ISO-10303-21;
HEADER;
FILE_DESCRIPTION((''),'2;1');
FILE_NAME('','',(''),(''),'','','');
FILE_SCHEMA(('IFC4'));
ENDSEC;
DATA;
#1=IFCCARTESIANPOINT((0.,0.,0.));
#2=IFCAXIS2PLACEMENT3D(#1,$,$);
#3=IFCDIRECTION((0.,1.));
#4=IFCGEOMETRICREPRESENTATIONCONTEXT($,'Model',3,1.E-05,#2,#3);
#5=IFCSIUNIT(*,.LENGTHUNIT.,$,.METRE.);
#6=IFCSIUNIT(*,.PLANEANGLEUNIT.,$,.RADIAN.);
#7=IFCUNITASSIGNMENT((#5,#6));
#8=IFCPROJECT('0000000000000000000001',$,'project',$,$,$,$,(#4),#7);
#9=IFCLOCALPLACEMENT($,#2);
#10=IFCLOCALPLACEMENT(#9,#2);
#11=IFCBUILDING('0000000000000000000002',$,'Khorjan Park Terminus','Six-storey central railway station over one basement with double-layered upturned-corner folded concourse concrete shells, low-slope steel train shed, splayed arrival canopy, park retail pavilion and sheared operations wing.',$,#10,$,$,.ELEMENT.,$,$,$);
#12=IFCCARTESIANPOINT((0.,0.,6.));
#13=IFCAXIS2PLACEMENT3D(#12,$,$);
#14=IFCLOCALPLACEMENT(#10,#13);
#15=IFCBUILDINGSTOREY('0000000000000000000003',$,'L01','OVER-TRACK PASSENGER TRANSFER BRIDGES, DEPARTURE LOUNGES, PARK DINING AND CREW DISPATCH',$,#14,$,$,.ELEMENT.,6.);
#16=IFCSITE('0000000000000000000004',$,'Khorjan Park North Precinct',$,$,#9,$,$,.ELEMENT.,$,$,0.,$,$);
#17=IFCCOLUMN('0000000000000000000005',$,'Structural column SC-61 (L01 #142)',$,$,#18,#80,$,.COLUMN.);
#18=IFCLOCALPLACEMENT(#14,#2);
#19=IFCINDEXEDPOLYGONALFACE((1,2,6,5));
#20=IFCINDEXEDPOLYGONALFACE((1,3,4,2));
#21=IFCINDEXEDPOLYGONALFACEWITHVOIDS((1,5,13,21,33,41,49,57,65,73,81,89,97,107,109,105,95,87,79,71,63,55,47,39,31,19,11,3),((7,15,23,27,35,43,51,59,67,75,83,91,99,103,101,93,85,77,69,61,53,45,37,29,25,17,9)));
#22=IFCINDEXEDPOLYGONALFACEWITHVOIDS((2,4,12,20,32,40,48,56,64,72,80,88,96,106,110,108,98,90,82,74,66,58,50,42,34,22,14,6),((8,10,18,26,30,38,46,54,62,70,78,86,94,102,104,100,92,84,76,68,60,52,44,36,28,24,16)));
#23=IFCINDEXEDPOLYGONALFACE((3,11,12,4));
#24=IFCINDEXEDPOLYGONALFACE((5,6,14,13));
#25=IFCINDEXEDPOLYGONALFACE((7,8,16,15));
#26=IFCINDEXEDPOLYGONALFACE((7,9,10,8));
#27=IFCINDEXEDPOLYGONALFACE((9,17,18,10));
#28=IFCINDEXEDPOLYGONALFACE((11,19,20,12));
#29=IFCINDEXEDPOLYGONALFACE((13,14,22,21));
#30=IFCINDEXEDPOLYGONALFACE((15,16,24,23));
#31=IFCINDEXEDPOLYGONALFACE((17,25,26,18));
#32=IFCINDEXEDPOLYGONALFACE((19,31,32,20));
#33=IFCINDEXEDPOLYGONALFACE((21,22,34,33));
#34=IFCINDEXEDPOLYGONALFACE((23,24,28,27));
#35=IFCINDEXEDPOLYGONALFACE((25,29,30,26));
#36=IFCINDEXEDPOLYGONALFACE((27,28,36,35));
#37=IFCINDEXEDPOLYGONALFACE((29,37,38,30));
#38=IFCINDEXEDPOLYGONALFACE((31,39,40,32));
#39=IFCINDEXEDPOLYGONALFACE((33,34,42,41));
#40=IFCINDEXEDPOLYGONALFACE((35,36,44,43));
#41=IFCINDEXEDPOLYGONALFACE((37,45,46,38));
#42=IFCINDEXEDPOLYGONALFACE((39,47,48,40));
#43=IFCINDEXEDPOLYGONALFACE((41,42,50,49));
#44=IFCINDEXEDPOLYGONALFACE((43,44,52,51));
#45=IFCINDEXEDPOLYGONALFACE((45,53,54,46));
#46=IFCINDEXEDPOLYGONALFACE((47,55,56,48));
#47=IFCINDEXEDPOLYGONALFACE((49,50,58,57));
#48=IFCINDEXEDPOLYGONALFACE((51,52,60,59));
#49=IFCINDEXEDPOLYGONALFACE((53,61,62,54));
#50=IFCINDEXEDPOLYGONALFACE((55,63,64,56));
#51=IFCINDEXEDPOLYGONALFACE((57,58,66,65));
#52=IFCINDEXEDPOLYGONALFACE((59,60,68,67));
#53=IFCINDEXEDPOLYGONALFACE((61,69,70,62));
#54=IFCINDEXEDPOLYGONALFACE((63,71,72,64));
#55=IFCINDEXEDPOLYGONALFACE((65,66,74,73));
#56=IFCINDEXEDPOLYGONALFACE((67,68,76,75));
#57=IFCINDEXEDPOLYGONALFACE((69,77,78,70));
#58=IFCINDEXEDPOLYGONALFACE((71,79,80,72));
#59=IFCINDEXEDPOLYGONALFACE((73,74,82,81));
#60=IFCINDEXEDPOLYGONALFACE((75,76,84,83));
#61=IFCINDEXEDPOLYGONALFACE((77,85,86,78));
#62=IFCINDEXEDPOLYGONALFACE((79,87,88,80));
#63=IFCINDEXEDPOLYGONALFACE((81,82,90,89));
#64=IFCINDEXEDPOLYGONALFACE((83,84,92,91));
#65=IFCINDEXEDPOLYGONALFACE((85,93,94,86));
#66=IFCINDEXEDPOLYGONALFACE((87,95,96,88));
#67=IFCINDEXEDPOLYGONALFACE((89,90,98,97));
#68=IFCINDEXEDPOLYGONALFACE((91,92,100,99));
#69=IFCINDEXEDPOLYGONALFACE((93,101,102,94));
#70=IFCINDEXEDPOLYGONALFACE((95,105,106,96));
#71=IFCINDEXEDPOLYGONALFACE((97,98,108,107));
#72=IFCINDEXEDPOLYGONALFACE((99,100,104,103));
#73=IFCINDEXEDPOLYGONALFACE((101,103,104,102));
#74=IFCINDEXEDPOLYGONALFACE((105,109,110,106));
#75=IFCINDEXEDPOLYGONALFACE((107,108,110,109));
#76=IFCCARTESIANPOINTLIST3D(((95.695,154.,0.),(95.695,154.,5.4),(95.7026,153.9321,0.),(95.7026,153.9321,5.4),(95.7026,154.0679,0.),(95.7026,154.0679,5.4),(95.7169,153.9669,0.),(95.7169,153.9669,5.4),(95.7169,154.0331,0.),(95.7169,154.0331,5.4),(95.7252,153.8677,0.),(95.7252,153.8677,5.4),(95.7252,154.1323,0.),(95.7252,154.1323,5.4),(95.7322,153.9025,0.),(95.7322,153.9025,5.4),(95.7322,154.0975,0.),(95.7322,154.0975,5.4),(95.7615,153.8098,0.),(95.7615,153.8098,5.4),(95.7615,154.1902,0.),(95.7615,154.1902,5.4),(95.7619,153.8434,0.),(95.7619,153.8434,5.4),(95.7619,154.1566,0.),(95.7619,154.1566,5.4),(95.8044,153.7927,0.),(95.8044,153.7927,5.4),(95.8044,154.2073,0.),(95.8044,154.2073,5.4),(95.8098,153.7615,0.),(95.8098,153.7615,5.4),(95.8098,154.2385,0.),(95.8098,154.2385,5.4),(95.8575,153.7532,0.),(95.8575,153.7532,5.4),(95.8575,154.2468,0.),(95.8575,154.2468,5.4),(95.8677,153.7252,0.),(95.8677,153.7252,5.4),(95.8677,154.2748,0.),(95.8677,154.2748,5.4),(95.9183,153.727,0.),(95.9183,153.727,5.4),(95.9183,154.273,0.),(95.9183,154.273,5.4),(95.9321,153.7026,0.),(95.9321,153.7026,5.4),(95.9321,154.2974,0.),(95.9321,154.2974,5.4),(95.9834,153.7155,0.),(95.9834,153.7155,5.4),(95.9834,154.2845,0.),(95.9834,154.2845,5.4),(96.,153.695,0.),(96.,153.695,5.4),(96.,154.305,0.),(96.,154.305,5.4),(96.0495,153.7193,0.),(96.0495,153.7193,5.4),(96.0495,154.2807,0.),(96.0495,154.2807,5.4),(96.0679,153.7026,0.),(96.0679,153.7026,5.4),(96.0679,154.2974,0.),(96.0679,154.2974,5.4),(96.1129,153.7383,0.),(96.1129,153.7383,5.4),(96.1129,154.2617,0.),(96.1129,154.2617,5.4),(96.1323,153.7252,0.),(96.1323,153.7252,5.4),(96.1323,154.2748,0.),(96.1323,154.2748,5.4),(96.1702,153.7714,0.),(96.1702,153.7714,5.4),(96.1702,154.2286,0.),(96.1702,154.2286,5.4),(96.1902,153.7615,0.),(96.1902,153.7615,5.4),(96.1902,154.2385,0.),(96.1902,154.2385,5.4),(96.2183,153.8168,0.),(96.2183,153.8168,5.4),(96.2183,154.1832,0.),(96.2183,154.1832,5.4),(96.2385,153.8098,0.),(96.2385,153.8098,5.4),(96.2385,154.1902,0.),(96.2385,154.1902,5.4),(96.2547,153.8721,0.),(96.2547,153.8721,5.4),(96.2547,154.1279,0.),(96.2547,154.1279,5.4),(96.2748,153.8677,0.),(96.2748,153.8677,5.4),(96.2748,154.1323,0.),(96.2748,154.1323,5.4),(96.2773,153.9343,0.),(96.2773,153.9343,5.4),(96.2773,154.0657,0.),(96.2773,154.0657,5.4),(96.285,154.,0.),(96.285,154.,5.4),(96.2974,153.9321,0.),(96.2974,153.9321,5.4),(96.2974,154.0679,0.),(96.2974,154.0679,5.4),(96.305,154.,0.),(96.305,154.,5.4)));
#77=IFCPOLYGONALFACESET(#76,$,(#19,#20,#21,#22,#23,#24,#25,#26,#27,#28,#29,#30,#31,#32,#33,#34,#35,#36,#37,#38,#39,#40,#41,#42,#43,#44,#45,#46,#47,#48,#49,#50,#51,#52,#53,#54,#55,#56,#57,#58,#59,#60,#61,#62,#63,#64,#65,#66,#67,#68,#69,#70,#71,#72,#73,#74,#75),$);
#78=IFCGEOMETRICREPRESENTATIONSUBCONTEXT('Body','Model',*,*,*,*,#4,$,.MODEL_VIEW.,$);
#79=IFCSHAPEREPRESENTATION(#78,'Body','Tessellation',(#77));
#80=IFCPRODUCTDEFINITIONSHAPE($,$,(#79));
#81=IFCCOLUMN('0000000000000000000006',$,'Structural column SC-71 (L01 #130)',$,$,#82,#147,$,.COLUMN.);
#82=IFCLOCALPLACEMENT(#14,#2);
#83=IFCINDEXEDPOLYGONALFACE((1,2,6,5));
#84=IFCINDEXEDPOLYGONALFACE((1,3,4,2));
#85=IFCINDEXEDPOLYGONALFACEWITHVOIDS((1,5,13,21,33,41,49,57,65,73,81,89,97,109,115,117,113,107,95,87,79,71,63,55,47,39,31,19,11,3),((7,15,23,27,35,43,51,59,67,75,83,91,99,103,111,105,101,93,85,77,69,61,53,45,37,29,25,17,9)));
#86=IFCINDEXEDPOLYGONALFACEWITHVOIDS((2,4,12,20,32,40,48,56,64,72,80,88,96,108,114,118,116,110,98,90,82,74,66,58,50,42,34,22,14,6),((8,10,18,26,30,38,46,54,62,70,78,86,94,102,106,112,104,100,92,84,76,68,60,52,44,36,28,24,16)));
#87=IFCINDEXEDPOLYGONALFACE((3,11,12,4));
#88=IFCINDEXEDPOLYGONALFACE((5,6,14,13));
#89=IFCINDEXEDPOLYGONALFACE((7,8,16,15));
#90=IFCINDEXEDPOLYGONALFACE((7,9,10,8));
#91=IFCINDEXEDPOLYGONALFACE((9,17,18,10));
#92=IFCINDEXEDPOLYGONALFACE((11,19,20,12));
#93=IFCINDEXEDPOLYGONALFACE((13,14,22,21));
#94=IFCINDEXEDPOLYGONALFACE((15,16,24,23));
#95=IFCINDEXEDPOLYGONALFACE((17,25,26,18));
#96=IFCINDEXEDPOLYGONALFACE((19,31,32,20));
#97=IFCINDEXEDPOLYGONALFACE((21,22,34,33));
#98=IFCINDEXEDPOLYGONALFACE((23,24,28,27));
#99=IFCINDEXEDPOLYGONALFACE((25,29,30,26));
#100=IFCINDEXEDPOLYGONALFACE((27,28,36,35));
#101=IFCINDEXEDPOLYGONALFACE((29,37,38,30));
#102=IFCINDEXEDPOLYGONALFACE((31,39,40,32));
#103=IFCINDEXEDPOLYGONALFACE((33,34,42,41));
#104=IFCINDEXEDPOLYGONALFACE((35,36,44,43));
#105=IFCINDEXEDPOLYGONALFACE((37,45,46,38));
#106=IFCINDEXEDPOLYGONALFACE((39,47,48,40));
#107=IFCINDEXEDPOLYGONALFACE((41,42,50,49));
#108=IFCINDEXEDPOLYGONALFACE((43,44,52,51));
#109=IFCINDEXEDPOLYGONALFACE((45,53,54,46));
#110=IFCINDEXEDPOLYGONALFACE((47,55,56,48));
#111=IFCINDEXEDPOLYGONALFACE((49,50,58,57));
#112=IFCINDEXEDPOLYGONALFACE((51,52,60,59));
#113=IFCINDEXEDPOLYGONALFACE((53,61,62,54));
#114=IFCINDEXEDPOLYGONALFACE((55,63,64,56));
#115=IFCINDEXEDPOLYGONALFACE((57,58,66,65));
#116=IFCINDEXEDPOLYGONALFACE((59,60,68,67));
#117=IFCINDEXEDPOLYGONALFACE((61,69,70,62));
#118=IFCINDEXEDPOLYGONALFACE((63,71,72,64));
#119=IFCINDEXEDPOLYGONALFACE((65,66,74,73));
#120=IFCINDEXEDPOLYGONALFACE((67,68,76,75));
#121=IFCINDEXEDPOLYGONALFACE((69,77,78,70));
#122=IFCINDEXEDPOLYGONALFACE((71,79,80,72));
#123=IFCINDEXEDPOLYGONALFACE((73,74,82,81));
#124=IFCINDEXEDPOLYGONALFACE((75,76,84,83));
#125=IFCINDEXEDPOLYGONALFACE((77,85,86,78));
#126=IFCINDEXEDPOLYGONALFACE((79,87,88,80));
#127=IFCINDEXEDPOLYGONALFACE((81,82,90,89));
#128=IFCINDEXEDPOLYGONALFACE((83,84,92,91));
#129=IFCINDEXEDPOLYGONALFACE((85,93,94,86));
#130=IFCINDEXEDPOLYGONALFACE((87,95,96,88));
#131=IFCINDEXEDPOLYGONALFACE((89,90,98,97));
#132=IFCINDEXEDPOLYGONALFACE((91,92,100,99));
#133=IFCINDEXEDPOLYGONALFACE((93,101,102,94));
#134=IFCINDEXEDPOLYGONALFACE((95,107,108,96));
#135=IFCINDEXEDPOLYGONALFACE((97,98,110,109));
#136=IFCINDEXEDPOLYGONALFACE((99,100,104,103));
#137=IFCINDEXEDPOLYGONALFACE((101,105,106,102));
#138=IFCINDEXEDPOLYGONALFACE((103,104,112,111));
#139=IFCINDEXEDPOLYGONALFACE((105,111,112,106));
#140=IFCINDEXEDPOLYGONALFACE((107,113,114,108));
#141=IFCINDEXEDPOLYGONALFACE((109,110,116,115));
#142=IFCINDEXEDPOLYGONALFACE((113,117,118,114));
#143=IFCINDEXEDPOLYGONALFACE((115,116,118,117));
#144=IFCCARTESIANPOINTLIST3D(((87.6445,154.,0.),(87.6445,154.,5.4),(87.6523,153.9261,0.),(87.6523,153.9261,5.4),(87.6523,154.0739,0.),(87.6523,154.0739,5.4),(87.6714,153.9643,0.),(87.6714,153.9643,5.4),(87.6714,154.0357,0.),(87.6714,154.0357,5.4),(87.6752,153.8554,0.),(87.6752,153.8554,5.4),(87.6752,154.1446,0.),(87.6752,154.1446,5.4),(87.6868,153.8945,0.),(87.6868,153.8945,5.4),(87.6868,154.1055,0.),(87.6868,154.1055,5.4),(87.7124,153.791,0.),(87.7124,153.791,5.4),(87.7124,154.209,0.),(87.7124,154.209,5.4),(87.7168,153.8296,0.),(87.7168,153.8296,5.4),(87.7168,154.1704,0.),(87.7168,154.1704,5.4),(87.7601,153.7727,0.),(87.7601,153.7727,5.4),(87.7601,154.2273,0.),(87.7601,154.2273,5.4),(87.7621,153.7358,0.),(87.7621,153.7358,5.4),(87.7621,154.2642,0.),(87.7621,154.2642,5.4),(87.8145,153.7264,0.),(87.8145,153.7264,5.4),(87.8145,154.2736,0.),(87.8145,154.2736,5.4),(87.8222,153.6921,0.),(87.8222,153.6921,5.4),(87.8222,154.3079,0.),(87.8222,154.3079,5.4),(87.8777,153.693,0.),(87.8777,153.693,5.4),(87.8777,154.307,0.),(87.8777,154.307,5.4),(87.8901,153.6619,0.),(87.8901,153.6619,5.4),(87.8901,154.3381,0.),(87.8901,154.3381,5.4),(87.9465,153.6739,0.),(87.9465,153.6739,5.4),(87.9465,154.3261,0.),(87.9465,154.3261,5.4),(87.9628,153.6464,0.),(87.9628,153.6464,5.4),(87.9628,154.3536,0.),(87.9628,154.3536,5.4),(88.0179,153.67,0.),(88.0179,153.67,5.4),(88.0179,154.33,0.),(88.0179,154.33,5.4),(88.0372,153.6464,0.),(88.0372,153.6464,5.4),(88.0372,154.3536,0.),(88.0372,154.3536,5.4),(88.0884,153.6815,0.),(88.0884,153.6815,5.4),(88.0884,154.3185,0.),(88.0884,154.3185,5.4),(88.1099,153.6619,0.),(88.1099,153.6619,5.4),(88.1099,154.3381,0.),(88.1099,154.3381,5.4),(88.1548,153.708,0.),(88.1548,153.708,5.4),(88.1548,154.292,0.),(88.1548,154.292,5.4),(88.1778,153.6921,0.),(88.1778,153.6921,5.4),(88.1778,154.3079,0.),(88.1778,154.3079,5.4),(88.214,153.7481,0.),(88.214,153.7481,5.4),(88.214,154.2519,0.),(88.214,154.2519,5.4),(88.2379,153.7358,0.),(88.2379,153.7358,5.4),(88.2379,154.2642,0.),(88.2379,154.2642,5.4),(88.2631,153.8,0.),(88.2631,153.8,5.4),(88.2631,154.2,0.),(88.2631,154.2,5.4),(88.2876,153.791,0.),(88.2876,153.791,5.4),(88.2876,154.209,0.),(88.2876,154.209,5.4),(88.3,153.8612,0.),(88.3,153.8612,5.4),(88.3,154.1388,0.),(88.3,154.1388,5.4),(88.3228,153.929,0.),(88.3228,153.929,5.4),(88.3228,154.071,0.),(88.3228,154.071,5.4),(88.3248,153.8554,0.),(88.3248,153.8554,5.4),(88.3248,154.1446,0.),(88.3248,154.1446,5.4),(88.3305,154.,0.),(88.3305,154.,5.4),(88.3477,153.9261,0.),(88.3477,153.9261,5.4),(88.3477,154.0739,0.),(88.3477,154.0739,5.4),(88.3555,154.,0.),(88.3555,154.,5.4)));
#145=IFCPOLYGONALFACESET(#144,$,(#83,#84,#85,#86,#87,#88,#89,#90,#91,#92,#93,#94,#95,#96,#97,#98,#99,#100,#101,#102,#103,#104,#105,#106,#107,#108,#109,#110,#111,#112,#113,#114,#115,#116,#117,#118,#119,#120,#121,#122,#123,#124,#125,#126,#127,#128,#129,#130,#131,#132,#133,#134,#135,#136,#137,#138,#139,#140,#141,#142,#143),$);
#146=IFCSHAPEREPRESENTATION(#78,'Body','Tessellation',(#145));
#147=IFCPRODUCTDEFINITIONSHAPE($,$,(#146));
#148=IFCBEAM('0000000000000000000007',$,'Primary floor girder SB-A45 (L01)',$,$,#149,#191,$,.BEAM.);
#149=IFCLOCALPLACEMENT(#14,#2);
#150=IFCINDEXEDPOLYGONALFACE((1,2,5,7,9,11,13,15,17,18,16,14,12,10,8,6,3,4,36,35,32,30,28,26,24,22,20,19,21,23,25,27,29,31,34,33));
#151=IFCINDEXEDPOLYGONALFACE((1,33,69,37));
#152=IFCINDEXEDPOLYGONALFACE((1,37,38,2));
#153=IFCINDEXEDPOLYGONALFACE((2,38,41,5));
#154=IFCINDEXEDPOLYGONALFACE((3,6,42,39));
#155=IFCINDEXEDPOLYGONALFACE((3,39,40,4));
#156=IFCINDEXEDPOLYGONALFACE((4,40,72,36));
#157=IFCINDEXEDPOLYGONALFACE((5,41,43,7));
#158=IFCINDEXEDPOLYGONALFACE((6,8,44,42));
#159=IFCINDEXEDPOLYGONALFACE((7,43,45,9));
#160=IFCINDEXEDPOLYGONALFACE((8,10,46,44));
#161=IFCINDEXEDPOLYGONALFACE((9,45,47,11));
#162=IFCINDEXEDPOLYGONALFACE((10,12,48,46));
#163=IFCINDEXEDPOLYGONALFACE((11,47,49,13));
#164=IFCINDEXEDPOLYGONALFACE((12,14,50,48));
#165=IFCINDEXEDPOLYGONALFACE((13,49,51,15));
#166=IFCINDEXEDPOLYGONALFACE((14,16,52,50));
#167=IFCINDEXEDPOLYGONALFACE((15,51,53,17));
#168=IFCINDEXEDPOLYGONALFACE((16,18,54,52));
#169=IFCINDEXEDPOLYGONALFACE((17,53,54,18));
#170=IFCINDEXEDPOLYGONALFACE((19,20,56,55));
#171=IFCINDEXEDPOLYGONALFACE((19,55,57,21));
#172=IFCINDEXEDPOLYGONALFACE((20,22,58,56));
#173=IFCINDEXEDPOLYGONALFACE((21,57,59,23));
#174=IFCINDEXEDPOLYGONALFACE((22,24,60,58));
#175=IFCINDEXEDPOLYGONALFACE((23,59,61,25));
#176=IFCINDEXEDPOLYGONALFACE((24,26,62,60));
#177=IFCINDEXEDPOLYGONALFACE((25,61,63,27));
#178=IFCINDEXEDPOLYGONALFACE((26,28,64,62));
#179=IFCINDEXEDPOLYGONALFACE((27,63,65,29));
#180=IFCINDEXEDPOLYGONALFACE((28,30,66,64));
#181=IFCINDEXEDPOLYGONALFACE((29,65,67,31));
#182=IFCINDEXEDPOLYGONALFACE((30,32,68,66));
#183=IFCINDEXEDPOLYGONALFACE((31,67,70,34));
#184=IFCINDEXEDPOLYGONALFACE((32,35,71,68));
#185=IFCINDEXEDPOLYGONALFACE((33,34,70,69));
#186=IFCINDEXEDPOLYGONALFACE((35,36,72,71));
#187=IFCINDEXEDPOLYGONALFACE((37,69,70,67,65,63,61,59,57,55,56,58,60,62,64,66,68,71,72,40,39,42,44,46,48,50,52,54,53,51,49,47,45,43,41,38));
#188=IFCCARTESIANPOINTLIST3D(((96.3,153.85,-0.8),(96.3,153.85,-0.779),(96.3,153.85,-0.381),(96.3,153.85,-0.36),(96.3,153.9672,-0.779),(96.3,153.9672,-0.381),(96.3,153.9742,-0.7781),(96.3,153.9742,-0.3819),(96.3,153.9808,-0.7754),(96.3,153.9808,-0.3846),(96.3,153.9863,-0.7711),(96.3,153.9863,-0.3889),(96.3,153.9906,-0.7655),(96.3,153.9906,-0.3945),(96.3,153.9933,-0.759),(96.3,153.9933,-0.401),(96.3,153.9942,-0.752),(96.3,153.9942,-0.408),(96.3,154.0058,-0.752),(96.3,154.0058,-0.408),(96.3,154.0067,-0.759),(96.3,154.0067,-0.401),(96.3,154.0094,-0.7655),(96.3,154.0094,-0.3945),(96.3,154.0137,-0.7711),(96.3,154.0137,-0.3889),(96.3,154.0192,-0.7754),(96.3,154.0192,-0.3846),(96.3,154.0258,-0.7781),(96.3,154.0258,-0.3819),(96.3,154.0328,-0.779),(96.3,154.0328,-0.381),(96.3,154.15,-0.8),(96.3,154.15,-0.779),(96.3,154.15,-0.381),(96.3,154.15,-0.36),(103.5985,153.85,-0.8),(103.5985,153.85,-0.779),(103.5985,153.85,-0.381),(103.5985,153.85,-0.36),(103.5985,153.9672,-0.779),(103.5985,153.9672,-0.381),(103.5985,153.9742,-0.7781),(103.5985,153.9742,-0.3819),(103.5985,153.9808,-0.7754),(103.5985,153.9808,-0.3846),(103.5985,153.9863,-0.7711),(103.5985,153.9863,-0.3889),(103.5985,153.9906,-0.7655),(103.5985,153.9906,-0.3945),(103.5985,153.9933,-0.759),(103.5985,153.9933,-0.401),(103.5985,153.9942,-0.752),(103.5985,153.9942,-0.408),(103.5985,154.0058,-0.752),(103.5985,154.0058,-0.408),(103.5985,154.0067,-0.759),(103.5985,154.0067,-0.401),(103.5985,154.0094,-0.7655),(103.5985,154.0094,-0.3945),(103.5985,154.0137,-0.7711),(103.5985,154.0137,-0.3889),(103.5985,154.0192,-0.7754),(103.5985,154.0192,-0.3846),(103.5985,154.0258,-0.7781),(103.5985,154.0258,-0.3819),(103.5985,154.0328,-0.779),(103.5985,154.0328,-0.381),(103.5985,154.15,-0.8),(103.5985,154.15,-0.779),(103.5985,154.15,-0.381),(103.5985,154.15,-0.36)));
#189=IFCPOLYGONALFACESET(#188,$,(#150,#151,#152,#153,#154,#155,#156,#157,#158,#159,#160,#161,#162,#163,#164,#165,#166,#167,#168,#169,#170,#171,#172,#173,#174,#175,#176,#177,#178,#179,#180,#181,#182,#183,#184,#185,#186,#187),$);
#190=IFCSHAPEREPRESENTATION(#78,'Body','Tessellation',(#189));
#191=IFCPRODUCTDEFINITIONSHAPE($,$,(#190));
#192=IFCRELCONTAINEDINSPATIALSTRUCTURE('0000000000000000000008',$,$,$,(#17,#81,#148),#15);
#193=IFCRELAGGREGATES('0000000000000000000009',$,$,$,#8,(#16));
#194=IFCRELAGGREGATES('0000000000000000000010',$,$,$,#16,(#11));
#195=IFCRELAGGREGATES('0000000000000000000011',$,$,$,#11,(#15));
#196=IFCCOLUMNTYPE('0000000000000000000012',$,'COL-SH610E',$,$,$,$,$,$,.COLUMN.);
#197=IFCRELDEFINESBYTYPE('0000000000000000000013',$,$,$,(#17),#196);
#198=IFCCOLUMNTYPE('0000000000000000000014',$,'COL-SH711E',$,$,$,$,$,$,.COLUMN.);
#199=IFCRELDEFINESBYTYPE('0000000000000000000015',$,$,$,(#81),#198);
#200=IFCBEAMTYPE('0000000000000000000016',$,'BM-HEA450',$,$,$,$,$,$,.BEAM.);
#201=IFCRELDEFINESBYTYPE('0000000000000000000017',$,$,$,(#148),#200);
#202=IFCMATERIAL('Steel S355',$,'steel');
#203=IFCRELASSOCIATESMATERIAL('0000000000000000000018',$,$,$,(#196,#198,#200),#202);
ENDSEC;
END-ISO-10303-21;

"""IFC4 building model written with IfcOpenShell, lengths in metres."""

from ifc_helpers import new_model, si_unit, direction, frame, origin, origin_2d, place, context, subcontext, project, spatial, hollow_circle, i_section, extrude, material, material_profile, profile_set, type_object, element, save


model = new_model("IFC4")

# Units and contexts
model_context = context("Model", 3, precision=1e-05, world=origin(), true_north=direction((0.0, 1.0)))
body_context = subcontext(model_context, "Body", "Model", "MODEL_VIEW")
ifc_project = project(units=[si_unit("LENGTHUNIT", "METRE"), si_unit("PLANEANGLEUNIT", "RADIAN")], contexts=[model_context])

# Site, building, storey
site_placement = place(None, origin())
site = spatial("IfcSite", under=ifc_project, at=site_placement, Name="Khorjan Park North Precinct", CompositionType="ELEMENT", RefElevation=0.0)
building_placement = place(site_placement, origin())
building = spatial("IfcBuilding", under=site, at=building_placement, Name="Khorjan Park Terminus", Description="Six-storey central railway station over one basement with double-layered upturned-corner folded concourse concrete shells, low-slope steel train shed, splayed arrival canopy, park retail pavilion and sheared operations wing.", CompositionType="ELEMENT")
storey_placement = place(building_placement, frame((0.0, 0.0, 6.0)))
storey = spatial("IfcBuildingStorey", under=building, at=storey_placement, Name="L01", Description="OVER-TRACK PASSENGER TRANSFER BRIDGES, DEPARTURE LOUNGES, PARK DINING AND CREW DISPATCH", CompositionType="ELEMENT", Elevation=6.0)

# Columns
ifc_material_1 = material(Name="Steel S355", Category="steel")
ifc_material_profile_1 = material_profile(ifc_material_1, hollow_circle(Radius=0.305, WallThickness=0.02, at=origin_2d()), Name="CHS 610x20")
ifc_profile_set_1 = profile_set([ifc_material_profile_1], Name="Steel S355")
column_type_1 = type_object("IfcColumnType", Name="COL-SH610E", PredefinedType="COLUMN", material=ifc_profile_set_1)
column_1_placement = place(storey_placement, frame((96.0, 154.0, 0.0), z_axis=(0.0, 0.0, 1.0), x_axis=(1.0, 0.0, 0.0)))
element("IfcColumn", 1, at=column_1_placement, inside=storey, type_object=column_type_1, Name="Structural column SC-61 (L01 #142)", PredefinedType="COLUMN", context=body_context, shape_type="SweptSolid", body=[
    extrude(hollow_circle(Radius=0.305, WallThickness=0.02, at=origin_2d()), origin(), (0.0, 0.0, 1.0), 5.4),
])
ifc_material_profile_2 = material_profile(ifc_material_1, hollow_circle(Radius=0.3555, WallThickness=0.025, at=origin_2d()), Name="CHS 711x25")
ifc_profile_set_2 = profile_set([ifc_material_profile_2], Name="Steel S355")
column_type_2 = type_object("IfcColumnType", Name="COL-SH711E", PredefinedType="COLUMN", material=ifc_profile_set_2)
column_2_placement = place(storey_placement, frame((88.0, 154.0, 0.0), z_axis=(0.0, 0.0, 1.0), x_axis=(1.0, 0.0, 0.0)))
element("IfcColumn", 2, at=column_2_placement, inside=storey, type_object=column_type_2, Name="Structural column SC-71 (L01 #130)", PredefinedType="COLUMN", context=body_context, shape_type="SweptSolid", body=[
    extrude(hollow_circle(Radius=0.3555, WallThickness=0.025, at=origin_2d()), origin(), (0.0, 0.0, 1.0), 5.4),
])

# Beam
ifc_material_profile_3 = material_profile(ifc_material_1, i_section(OverallWidth=0.3, OverallDepth=0.44, WebThickness=0.0115, FlangeThickness=0.021, FilletRadius=0.027, at=origin_2d()), Name="HEA 450")
ifc_profile_set_3 = profile_set([ifc_material_profile_3], Name="Steel S355")
beam_type = type_object("IfcBeamType", Name="BM-HEA450", PredefinedType="BEAM", material=ifc_profile_set_3)
beam_placement = place(storey_placement, frame((96.3, 154.0, -0.58), z_axis=(1.0, 0.0, 0.0), x_axis=(0.0, 1.0, 0.0)))
element("IfcBeam", 3, at=beam_placement, inside=storey, type_object=beam_type, Name="Primary floor girder SB-A45 (L01)", PredefinedType="BEAM", context=body_context, shape_type="SweptSolid", body=[
    extrude(i_section(OverallWidth=0.3, OverallDepth=0.44, WebThickness=0.0115, FlangeThickness=0.021, FilletRadius=0.027, at=origin_2d()), origin(), (0.0, 0.0, 1.0), 7.2985),
])

save(model, "model.ifc")
